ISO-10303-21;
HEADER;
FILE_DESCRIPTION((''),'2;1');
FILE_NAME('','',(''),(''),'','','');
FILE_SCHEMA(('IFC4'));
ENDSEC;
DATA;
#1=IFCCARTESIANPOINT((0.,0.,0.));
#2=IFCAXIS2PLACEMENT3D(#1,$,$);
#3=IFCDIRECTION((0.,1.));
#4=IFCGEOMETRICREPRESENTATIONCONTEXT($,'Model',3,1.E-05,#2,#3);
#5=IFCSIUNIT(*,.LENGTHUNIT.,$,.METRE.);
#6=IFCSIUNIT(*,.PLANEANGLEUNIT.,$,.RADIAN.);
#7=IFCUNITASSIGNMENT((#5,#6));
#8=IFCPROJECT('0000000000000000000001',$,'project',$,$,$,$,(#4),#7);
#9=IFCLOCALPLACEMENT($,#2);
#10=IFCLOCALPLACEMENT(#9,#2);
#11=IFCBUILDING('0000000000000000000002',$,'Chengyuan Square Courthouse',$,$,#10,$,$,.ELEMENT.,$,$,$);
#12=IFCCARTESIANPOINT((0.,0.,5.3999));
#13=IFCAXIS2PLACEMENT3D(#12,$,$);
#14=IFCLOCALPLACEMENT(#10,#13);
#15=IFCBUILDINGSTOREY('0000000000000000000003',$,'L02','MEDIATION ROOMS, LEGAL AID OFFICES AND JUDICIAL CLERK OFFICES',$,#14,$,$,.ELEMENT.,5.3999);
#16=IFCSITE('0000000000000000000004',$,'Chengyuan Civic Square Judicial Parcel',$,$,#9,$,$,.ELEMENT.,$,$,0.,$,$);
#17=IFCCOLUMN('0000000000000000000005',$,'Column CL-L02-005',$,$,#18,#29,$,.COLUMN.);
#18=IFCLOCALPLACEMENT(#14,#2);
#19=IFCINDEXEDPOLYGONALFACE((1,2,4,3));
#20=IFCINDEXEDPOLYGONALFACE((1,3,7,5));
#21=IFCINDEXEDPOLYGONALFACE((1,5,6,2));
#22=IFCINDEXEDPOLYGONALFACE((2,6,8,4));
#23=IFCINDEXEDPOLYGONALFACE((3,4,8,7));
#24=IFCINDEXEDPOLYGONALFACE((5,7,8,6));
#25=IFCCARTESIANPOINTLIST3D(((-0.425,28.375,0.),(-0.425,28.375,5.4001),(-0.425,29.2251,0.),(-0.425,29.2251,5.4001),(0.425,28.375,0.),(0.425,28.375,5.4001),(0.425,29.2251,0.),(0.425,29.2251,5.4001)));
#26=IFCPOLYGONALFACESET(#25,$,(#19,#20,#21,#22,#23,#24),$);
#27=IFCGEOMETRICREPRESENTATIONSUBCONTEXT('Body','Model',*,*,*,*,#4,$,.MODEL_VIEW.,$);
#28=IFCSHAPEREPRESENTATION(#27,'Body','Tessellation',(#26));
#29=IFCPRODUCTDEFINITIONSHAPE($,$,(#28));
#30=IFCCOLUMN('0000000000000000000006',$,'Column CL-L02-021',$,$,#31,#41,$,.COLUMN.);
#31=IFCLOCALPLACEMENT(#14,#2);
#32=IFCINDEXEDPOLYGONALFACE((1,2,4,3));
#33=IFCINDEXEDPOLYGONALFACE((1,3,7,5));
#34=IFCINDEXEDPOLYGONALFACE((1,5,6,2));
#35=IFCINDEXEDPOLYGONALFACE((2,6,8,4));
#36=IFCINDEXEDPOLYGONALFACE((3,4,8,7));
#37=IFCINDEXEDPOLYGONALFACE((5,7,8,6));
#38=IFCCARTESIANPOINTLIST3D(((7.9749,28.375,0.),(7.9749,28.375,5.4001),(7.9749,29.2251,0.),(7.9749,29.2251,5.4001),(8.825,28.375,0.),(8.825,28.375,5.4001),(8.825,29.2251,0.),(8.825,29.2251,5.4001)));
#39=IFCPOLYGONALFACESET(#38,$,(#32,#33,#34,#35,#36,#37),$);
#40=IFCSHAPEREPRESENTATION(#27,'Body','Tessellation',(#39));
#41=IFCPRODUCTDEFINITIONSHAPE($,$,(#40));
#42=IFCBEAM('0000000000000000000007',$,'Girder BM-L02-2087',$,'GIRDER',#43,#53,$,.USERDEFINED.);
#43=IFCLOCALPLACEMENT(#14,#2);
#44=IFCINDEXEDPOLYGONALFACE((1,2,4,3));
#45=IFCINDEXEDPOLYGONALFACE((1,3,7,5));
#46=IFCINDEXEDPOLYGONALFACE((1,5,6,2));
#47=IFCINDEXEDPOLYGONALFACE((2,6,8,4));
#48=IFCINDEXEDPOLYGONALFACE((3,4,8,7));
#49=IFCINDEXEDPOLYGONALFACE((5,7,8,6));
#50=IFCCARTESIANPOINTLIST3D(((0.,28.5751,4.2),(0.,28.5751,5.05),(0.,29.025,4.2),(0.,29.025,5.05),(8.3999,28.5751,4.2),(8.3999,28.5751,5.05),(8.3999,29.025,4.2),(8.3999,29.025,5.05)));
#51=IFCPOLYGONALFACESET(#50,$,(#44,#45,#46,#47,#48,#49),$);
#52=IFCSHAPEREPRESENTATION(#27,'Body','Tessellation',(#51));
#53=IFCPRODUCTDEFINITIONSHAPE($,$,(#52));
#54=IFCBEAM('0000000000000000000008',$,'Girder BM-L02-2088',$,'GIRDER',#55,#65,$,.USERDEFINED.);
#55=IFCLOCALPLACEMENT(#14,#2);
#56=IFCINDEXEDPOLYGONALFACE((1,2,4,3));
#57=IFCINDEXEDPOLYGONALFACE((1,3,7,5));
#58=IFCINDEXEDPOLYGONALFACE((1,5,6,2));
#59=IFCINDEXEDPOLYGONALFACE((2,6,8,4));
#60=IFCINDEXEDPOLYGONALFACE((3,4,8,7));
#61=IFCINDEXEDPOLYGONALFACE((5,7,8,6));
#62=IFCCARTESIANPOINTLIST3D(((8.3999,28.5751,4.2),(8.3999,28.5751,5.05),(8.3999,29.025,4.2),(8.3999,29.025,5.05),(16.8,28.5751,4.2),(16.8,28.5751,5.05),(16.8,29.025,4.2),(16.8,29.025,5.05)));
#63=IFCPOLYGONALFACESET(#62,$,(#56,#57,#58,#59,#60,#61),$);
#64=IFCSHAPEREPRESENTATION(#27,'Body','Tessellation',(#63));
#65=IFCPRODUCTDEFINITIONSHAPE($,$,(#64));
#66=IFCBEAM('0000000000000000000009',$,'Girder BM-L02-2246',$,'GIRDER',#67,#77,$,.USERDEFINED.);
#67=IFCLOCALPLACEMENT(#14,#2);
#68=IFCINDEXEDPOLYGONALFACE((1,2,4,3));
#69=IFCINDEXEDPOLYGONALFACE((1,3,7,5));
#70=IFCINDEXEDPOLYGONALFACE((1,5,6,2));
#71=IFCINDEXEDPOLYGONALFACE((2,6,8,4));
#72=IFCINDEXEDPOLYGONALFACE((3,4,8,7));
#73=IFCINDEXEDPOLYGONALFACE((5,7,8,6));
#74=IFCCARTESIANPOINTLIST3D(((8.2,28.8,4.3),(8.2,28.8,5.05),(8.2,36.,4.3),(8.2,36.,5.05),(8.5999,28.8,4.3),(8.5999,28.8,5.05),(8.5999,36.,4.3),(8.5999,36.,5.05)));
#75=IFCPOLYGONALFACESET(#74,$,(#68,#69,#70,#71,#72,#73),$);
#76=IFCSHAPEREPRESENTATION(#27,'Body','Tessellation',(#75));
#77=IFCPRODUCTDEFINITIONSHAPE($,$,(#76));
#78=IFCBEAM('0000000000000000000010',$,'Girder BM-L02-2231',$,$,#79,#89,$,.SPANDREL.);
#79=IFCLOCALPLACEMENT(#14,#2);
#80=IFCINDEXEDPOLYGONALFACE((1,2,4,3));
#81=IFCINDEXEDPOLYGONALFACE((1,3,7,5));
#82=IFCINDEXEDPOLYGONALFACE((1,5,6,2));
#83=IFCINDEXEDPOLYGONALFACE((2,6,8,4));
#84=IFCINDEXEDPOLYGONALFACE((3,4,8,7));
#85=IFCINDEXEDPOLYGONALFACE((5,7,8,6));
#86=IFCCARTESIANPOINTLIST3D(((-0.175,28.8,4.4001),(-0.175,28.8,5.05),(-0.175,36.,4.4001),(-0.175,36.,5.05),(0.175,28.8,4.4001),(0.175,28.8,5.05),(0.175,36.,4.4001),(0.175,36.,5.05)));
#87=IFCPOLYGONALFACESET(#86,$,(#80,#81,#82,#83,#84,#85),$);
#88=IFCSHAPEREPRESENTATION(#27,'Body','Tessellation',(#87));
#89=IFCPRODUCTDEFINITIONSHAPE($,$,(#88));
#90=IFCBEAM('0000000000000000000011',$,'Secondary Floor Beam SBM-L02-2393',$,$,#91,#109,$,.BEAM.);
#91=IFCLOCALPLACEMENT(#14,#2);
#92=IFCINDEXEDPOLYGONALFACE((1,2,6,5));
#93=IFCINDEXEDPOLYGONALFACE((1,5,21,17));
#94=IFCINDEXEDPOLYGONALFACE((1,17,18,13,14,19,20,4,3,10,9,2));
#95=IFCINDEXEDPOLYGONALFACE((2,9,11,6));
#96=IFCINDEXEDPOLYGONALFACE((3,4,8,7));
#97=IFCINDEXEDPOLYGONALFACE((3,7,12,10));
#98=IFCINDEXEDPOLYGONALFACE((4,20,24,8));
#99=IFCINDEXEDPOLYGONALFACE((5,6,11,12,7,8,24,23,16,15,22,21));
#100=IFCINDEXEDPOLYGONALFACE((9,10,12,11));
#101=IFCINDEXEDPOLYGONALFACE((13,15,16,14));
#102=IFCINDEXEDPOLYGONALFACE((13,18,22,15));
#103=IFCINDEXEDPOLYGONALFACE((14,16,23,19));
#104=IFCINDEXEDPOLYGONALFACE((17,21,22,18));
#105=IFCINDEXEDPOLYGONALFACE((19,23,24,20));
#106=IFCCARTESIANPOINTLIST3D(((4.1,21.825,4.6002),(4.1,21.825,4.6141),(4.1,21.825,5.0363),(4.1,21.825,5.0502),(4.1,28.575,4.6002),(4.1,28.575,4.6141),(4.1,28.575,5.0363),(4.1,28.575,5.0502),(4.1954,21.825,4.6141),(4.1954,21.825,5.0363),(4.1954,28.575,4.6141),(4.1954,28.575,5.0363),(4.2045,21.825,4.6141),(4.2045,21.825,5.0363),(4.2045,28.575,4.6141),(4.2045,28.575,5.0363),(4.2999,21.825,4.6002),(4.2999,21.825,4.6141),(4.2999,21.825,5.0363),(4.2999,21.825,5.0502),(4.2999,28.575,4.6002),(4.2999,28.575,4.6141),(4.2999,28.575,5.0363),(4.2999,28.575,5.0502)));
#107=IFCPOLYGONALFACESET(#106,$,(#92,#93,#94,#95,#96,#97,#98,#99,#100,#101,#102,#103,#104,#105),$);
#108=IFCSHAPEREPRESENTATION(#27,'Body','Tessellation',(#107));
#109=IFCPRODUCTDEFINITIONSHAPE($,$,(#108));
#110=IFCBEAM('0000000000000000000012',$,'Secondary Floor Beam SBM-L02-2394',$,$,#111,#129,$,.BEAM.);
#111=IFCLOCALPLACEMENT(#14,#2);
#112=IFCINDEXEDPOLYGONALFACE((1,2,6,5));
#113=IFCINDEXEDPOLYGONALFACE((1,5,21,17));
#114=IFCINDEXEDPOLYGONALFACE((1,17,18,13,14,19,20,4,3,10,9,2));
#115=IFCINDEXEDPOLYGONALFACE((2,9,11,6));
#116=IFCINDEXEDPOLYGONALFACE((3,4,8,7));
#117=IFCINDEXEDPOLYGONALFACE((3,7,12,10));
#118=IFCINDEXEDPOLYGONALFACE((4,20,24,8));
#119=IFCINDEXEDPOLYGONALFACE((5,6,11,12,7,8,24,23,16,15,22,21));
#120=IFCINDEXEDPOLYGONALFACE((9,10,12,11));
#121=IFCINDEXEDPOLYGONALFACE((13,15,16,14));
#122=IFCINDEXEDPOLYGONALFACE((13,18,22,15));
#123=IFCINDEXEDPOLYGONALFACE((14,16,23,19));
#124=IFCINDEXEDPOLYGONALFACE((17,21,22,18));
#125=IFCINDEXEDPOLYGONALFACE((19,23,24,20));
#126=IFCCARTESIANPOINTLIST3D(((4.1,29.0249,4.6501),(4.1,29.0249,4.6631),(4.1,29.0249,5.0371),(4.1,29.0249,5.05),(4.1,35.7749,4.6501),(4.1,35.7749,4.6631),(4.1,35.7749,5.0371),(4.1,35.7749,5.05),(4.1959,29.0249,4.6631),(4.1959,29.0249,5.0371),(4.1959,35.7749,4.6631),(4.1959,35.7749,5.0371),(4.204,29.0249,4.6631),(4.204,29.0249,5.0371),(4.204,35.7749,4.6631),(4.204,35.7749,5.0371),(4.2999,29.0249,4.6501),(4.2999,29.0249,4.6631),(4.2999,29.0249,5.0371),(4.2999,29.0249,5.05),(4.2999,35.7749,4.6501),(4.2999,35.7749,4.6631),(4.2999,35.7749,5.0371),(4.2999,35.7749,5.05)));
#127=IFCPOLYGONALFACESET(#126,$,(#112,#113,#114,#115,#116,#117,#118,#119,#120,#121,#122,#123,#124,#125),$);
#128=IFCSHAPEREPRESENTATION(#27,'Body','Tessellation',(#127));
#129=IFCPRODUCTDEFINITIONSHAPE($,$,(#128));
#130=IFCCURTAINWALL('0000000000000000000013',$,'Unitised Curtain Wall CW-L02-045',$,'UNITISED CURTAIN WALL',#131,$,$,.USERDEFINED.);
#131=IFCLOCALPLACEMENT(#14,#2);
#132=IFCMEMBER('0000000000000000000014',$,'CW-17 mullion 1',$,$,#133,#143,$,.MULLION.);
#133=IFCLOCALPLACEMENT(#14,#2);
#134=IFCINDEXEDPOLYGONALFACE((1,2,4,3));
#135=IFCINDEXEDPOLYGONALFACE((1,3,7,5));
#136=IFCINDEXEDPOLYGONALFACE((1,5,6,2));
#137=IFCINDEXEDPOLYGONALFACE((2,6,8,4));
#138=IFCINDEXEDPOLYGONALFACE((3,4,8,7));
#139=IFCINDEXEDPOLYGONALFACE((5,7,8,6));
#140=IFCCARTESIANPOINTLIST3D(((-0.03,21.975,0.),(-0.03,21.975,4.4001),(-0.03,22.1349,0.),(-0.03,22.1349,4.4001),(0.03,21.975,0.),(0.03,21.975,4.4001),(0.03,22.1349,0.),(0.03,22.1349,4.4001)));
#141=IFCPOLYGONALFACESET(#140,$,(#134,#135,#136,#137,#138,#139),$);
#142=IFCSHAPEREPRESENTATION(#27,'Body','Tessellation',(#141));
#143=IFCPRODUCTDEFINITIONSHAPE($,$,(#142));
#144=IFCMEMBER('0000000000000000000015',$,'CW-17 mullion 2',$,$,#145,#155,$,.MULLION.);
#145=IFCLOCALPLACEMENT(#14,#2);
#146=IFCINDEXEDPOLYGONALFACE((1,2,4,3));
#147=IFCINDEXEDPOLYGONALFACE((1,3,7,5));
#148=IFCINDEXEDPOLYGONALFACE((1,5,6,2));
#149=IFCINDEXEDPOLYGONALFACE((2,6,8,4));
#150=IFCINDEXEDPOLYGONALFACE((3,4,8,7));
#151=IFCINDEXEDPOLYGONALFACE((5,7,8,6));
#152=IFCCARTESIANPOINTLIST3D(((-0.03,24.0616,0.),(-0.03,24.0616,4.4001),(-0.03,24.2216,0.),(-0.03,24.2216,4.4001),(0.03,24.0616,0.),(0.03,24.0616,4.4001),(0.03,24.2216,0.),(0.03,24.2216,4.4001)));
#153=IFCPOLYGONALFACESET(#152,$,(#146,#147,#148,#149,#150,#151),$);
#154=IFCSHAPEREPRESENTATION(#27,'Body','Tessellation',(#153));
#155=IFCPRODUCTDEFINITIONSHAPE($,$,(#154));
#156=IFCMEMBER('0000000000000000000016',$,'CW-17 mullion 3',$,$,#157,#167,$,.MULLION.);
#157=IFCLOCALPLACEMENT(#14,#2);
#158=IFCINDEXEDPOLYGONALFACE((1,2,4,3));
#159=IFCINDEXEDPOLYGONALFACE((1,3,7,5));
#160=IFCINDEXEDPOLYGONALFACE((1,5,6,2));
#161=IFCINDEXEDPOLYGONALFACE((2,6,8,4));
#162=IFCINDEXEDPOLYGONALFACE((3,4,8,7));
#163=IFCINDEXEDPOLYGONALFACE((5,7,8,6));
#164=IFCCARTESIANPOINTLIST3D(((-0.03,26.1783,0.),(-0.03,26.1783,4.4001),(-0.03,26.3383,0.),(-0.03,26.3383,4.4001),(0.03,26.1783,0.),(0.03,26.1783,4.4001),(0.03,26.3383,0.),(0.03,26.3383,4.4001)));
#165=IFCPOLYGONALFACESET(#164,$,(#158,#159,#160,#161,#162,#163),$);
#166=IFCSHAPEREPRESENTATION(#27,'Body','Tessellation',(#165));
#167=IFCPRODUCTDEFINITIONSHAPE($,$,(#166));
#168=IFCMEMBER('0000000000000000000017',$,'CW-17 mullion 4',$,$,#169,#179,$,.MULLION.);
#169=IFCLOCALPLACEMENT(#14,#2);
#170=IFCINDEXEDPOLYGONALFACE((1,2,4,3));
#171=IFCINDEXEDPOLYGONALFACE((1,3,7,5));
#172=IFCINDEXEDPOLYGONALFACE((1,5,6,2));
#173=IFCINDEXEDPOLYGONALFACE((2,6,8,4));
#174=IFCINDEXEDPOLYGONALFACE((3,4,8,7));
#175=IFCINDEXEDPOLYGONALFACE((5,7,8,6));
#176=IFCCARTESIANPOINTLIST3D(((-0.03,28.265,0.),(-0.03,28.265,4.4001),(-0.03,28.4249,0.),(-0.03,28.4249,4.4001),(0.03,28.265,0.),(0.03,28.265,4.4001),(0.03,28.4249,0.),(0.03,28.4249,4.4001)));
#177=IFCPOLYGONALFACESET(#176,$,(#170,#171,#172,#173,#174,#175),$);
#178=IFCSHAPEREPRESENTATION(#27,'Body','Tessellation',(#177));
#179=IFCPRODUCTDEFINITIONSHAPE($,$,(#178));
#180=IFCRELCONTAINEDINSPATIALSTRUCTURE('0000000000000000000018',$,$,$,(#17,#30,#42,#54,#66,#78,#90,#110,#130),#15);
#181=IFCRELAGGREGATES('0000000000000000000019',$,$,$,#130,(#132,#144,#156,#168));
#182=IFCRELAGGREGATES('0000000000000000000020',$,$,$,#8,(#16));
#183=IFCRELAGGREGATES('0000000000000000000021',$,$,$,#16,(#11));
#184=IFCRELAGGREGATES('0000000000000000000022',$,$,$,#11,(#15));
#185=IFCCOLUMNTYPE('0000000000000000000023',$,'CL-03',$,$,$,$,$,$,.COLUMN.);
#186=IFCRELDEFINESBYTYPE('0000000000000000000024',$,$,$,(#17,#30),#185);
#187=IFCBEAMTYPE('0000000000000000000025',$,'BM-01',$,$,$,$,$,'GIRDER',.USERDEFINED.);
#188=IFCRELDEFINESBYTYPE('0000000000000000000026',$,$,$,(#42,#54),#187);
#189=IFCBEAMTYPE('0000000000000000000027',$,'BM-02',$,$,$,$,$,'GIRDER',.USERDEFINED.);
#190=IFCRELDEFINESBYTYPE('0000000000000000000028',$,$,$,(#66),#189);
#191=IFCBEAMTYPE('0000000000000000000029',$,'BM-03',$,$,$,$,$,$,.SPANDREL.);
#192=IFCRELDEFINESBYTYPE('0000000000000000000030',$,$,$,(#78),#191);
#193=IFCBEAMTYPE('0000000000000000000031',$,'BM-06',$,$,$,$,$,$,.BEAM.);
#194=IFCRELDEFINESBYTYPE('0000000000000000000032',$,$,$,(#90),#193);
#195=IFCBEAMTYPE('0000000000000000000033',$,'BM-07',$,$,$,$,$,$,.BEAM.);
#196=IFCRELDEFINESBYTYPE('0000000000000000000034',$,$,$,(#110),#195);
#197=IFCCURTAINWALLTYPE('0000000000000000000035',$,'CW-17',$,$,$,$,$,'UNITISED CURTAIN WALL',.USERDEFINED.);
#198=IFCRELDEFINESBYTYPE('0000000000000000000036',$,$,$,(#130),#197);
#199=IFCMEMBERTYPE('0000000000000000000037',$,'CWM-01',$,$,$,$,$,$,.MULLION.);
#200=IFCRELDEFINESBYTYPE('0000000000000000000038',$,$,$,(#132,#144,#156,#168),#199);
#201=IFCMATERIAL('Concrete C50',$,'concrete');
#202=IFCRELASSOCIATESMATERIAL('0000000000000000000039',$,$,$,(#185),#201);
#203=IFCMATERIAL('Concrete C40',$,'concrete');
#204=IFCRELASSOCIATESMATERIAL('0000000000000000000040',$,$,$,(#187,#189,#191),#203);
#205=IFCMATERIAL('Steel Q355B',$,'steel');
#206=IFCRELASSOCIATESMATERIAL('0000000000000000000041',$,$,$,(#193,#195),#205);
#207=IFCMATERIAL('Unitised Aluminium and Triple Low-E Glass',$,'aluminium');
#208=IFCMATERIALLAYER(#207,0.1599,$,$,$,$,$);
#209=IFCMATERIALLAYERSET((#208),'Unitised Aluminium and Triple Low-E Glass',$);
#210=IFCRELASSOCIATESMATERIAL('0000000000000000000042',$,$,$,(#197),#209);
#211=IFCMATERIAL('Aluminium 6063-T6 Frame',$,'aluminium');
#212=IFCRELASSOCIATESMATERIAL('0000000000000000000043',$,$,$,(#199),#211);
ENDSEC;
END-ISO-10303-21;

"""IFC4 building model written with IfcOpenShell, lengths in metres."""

from ifc_helpers import new_model, si_unit, direction, frame, origin, origin_2d, place, context, subcontext, project, spatial, rectangle, i_section, extrude, material, layer, layer_set, material_profile, profile_set, type_object, element, aggregate, save


model = new_model("IFC4")

# Units and contexts
model_context = context("Model", 3, precision=1e-05, world=origin(), true_north=direction((0.0, 1.0)))
body_context = subcontext(model_context, "Body", "Model", "MODEL_VIEW")
ifc_project = project(units=[si_unit("LENGTHUNIT", "METRE"), si_unit("PLANEANGLEUNIT", "RADIAN")], contexts=[model_context])

# Site, building, storey
site_placement = place(None, origin())
site = spatial("IfcSite", under=ifc_project, at=site_placement, Name="Chengyuan Civic Square Judicial Parcel", CompositionType="ELEMENT", RefElevation=0.0)
building_placement = place(site_placement, origin())
building = spatial("IfcBuilding", under=site, at=building_placement, Name="Chengyuan Square Courthouse", CompositionType="ELEMENT")
storey_placement = place(building_placement, frame((0.0, 0.0, 5.3999)))
storey = spatial("IfcBuildingStorey", under=building, at=storey_placement, Name="L02", Description="MEDIATION ROOMS, LEGAL AID OFFICES AND JUDICIAL CLERK OFFICES", CompositionType="ELEMENT", Elevation=5.3999)

# Columns
ifc_material_1 = material(Name="Concrete C50", Category="concrete")
ifc_material_profile_1 = material_profile(ifc_material_1, rectangle(XDim=0.8501, YDim=0.8501, at=origin_2d()), Name="RC-COL-850x850")
ifc_profile_set_1 = profile_set([ifc_material_profile_1], Name="Concrete C50")
column_type = type_object("IfcColumnType", Name="CL-03", PredefinedType="COLUMN", material=ifc_profile_set_1)
for number, where, z_axis, x_axis, name in (
    (1, (0.0, 28.8, 0.0), (0.0, 0.0, 1.0), (1.0, 0.0, 0.0), "Column CL-L02-005"),
    (2, (8.3999, 28.8, 0.0), (0.0, 0.0, 1.0), (1.0, 0.0, 0.0), "Column CL-L02-021"),
):
    element("IfcColumn", number, at=place(storey_placement, frame(where, z_axis=z_axis, x_axis=x_axis)), inside=storey, type_object=column_type, Name=name, PredefinedType="COLUMN", context=body_context, shape_type="SweptSolid", body=[
        extrude(rectangle(XDim=0.8501, YDim=0.8501, at=origin_2d()), origin(), (0.0, 0.0, 1.0), 5.4001),
    ])

# Beams
ifc_material_2 = material(Name="Concrete C40", Category="concrete")
ifc_material_profile_2 = material_profile(ifc_material_2, rectangle(XDim=0.45, YDim=0.8501, at=origin_2d()), Name="RC-BM-450x850")
ifc_profile_set_2 = profile_set([ifc_material_profile_2], Name="Concrete C40")
beam_type_1 = type_object("IfcBeamType", Name="BM-01", ElementType="GIRDER", PredefinedType="USERDEFINED", material=ifc_profile_set_2)
beam_1_placement = place(storey_placement, frame((0.0, 28.8, 4.625), z_axis=(1.0, 0.0, 0.0), x_axis=(0.0, 1.0, 0.0)))
element("IfcBeam", 3, at=beam_1_placement, inside=storey, type_object=beam_type_1, Name="Girder BM-L02-2087", ObjectType="GIRDER", PredefinedType="USERDEFINED", context=body_context, shape_type="SweptSolid", body=[
    extrude(rectangle(XDim=0.45, YDim=0.8501, at=origin_2d()), origin(), (0.0, 0.0, 1.0), 8.3999),
])
beam_2_placement = place(storey_placement, frame((8.3999, 28.8, 4.625), z_axis=(1.0, 0.0, 0.0), x_axis=(0.0, 1.0, 0.0)))
element("IfcBeam", 4, at=beam_2_placement, inside=storey, type_object=beam_type_1, Name="Girder BM-L02-2088", ObjectType="GIRDER", PredefinedType="USERDEFINED", context=body_context, shape_type="SweptSolid", body=[
    extrude(rectangle(XDim=0.45, YDim=0.8501, at=origin_2d()), origin(), (0.0, 0.0, 1.0), 8.4001),
])
ifc_material_profile_3 = material_profile(ifc_material_2, rectangle(XDim=0.3999, YDim=0.75, at=origin_2d()), Name="RC-BM-400x750")
ifc_profile_set_3 = profile_set([ifc_material_profile_3], Name="Concrete C40")
beam_type_2 = type_object("IfcBeamType", Name="BM-02", ElementType="GIRDER", PredefinedType="USERDEFINED", material=ifc_profile_set_3)
beam_3_placement = place(storey_placement, frame((8.3999, 28.8, 4.675), z_axis=(0.0, 1.0, 0.0), x_axis=(-1.0, 0.0, 0.0)))
element("IfcBeam", 5, at=beam_3_placement, inside=storey, type_object=beam_type_2, Name="Girder BM-L02-2246", ObjectType="GIRDER", PredefinedType="USERDEFINED", context=body_context, shape_type="SweptSolid", body=[
    extrude(rectangle(XDim=0.3999, YDim=0.75, at=origin_2d()), origin(), (0.0, 0.0, 1.0), 7.2),
])
ifc_material_profile_4 = material_profile(ifc_material_2, rectangle(XDim=0.3501, YDim=0.6499, at=origin_2d()), Name="RC-BM-350x650")
ifc_profile_set_4 = profile_set([ifc_material_profile_4], Name="Concrete C40")
beam_type_3 = type_object("IfcBeamType", Name="BM-03", PredefinedType="SPANDREL", material=ifc_profile_set_4)
beam_4_placement = place(storey_placement, frame((0.0, 28.8, 4.7251), z_axis=(0.0, 1.0, 0.0), x_axis=(-1.0, 0.0, 0.0)))
element("IfcBeam", 6, at=beam_4_placement, inside=storey, type_object=beam_type_3, Name="Girder BM-L02-2231", PredefinedType="SPANDREL", context=body_context, shape_type="SweptSolid", body=[
    extrude(rectangle(XDim=0.3501, YDim=0.6499, at=origin_2d()), origin(), (0.0, 0.0, 1.0), 7.2),
])
ifc_material_3 = material(Name="Steel Q355B", Category="steel")
ifc_material_profile_5 = material_profile(ifc_material_3, i_section(OverallWidth=0.2, OverallDepth=0.45, WebThickness=0.009, FlangeThickness=0.0139, at=origin_2d()), Name="HN 450x200x9x14")
ifc_profile_set_5 = profile_set([ifc_material_profile_5], Name="Steel Q355B")
beam_type_4 = type_object("IfcBeamType", Name="BM-06", PredefinedType="BEAM", material=ifc_profile_set_5)
beam_5_placement = place(storey_placement, frame((4.2, 21.825, 4.8252), z_axis=(0.0, 1.0, 0.0), x_axis=(-1.0, 0.0, 0.0)))
element("IfcBeam", 7, at=beam_5_placement, inside=storey, type_object=beam_type_4, Name="Secondary Floor Beam SBM-L02-2393", PredefinedType="BEAM", context=body_context, shape_type="SweptSolid", body=[
    extrude(i_section(OverallWidth=0.2, OverallDepth=0.45, WebThickness=0.009, FlangeThickness=0.0139, at=origin_2d()), origin(), (0.0, 0.0, 1.0), 6.75),
])
ifc_material_profile_6 = material_profile(ifc_material_3, i_section(OverallWidth=0.2, OverallDepth=0.3999, WebThickness=0.0081, FlangeThickness=0.0129, at=origin_2d()), Name="HN 400x200x8x13")
ifc_profile_set_6 = profile_set([ifc_material_profile_6], Name="Steel Q355B")
beam_type_5 = type_object("IfcBeamType", Name="BM-07", PredefinedType="BEAM", material=ifc_profile_set_6)
beam_6_placement = place(storey_placement, frame((4.2, 29.0249, 4.8501), z_axis=(0.0, 1.0, 0.0), x_axis=(-1.0, 0.0, 0.0)))
element("IfcBeam", 8, at=beam_6_placement, inside=storey, type_object=beam_type_5, Name="Secondary Floor Beam SBM-L02-2394", PredefinedType="BEAM", context=body_context, shape_type="SweptSolid", body=[
    extrude(i_section(OverallWidth=0.2, OverallDepth=0.3999, WebThickness=0.0081, FlangeThickness=0.0129, at=origin_2d()), origin(), (0.0, 0.0, 1.0), 6.75),
])

# Curtain wall, members
ifc_material_4 = material(Name="Unitised Aluminium and Triple Low-E Glass", Category="aluminium")
ifc_layer_1 = layer(ifc_material_4, 0.1599)
ifc_layer_set_1 = layer_set([ifc_layer_1], Name="Unitised Aluminium and Triple Low-E Glass")
curtain_wall_type = type_object("IfcCurtainWallType", Name="CW-17", ElementType="UNITISED CURTAIN WALL", PredefinedType="USERDEFINED", material=ifc_layer_set_1)
curtain_wall_placement = place(storey_placement, origin())
curtain_wall = element("IfcCurtainWall", 9, at=curtain_wall_placement, inside=storey, type_object=curtain_wall_type, Name="Unitised Curtain Wall CW-L02-045", ObjectType="UNITISED CURTAIN WALL", PredefinedType="USERDEFINED")
ifc_material_5 = material(Name="Aluminium 6063-T6 Frame", Category="aluminium")
ifc_material_profile_7 = material_profile(ifc_material_5, rectangle(XDim=0.0601, YDim=0.1599, at=origin_2d()), Name="CW-MUL-60x160")
ifc_profile_set_7 = profile_set([ifc_material_profile_7], Name="Aluminium 6063-T6 Frame")
member_type_1 = type_object("IfcMemberType", Name="CWM-01", PredefinedType="MULLION", material=ifc_profile_set_7)
member_1_placement = place(storey_placement, frame((0.0, 22.0549, 0.0), z_axis=(0.0, 0.0, 1.0), x_axis=(-1.0, 0.0, 0.0)))
member_1 = element("IfcMember", 10, at=member_1_placement, type_object=member_type_1, Name="CW-17 mullion 1", PredefinedType="MULLION", context=body_context, shape_type="SweptSolid", body=[
    extrude(rectangle(XDim=0.0601, YDim=0.1599, at=origin_2d()), origin(), (0.0, 0.0, 1.0), 4.4001),
])
member_2_placement = place(storey_placement, frame((0.0, 24.1416, 0.0), z_axis=(0.0, 0.0, 1.0), x_axis=(-1.0, 0.0, 0.0)))
member_2 = element("IfcMember", 11, at=member_2_placement, type_object=member_type_1, Name="CW-17 mullion 2", PredefinedType="MULLION", context=body_context, shape_type="SweptSolid", body=[
    extrude(rectangle(XDim=0.0601, YDim=0.1599, at=origin_2d()), origin(), (0.0, 0.0, 1.0), 4.4001),
])
member_3_placement = place(storey_placement, frame((0.0, 26.2583, 0.0), z_axis=(0.0, 0.0, 1.0), x_axis=(-1.0, 0.0, 0.0)))
member_3 = element("IfcMember", 12, at=member_3_placement, type_object=member_type_1, Name="CW-17 mullion 3", PredefinedType="MULLION", context=body_context, shape_type="SweptSolid", body=[
    extrude(rectangle(XDim=0.0601, YDim=0.1599, at=origin_2d()), origin(), (0.0, 0.0, 1.0), 4.4001),
])
member_4_placement = place(storey_placement, frame((0.0, 28.345, 0.0), z_axis=(0.0, 0.0, 1.0), x_axis=(-1.0, 0.0, 0.0)))
member_4 = element("IfcMember", 13, at=member_4_placement, type_object=member_type_1, Name="CW-17 mullion 4", PredefinedType="MULLION", context=body_context, shape_type="SweptSolid", body=[
    extrude(rectangle(XDim=0.0601, YDim=0.1599, at=origin_2d()), origin(), (0.0, 0.0, 1.0), 4.4001),
])
aggregate(curtain_wall, [member_1, member_2, member_3, member_4])

save(model, "model.ifc")
